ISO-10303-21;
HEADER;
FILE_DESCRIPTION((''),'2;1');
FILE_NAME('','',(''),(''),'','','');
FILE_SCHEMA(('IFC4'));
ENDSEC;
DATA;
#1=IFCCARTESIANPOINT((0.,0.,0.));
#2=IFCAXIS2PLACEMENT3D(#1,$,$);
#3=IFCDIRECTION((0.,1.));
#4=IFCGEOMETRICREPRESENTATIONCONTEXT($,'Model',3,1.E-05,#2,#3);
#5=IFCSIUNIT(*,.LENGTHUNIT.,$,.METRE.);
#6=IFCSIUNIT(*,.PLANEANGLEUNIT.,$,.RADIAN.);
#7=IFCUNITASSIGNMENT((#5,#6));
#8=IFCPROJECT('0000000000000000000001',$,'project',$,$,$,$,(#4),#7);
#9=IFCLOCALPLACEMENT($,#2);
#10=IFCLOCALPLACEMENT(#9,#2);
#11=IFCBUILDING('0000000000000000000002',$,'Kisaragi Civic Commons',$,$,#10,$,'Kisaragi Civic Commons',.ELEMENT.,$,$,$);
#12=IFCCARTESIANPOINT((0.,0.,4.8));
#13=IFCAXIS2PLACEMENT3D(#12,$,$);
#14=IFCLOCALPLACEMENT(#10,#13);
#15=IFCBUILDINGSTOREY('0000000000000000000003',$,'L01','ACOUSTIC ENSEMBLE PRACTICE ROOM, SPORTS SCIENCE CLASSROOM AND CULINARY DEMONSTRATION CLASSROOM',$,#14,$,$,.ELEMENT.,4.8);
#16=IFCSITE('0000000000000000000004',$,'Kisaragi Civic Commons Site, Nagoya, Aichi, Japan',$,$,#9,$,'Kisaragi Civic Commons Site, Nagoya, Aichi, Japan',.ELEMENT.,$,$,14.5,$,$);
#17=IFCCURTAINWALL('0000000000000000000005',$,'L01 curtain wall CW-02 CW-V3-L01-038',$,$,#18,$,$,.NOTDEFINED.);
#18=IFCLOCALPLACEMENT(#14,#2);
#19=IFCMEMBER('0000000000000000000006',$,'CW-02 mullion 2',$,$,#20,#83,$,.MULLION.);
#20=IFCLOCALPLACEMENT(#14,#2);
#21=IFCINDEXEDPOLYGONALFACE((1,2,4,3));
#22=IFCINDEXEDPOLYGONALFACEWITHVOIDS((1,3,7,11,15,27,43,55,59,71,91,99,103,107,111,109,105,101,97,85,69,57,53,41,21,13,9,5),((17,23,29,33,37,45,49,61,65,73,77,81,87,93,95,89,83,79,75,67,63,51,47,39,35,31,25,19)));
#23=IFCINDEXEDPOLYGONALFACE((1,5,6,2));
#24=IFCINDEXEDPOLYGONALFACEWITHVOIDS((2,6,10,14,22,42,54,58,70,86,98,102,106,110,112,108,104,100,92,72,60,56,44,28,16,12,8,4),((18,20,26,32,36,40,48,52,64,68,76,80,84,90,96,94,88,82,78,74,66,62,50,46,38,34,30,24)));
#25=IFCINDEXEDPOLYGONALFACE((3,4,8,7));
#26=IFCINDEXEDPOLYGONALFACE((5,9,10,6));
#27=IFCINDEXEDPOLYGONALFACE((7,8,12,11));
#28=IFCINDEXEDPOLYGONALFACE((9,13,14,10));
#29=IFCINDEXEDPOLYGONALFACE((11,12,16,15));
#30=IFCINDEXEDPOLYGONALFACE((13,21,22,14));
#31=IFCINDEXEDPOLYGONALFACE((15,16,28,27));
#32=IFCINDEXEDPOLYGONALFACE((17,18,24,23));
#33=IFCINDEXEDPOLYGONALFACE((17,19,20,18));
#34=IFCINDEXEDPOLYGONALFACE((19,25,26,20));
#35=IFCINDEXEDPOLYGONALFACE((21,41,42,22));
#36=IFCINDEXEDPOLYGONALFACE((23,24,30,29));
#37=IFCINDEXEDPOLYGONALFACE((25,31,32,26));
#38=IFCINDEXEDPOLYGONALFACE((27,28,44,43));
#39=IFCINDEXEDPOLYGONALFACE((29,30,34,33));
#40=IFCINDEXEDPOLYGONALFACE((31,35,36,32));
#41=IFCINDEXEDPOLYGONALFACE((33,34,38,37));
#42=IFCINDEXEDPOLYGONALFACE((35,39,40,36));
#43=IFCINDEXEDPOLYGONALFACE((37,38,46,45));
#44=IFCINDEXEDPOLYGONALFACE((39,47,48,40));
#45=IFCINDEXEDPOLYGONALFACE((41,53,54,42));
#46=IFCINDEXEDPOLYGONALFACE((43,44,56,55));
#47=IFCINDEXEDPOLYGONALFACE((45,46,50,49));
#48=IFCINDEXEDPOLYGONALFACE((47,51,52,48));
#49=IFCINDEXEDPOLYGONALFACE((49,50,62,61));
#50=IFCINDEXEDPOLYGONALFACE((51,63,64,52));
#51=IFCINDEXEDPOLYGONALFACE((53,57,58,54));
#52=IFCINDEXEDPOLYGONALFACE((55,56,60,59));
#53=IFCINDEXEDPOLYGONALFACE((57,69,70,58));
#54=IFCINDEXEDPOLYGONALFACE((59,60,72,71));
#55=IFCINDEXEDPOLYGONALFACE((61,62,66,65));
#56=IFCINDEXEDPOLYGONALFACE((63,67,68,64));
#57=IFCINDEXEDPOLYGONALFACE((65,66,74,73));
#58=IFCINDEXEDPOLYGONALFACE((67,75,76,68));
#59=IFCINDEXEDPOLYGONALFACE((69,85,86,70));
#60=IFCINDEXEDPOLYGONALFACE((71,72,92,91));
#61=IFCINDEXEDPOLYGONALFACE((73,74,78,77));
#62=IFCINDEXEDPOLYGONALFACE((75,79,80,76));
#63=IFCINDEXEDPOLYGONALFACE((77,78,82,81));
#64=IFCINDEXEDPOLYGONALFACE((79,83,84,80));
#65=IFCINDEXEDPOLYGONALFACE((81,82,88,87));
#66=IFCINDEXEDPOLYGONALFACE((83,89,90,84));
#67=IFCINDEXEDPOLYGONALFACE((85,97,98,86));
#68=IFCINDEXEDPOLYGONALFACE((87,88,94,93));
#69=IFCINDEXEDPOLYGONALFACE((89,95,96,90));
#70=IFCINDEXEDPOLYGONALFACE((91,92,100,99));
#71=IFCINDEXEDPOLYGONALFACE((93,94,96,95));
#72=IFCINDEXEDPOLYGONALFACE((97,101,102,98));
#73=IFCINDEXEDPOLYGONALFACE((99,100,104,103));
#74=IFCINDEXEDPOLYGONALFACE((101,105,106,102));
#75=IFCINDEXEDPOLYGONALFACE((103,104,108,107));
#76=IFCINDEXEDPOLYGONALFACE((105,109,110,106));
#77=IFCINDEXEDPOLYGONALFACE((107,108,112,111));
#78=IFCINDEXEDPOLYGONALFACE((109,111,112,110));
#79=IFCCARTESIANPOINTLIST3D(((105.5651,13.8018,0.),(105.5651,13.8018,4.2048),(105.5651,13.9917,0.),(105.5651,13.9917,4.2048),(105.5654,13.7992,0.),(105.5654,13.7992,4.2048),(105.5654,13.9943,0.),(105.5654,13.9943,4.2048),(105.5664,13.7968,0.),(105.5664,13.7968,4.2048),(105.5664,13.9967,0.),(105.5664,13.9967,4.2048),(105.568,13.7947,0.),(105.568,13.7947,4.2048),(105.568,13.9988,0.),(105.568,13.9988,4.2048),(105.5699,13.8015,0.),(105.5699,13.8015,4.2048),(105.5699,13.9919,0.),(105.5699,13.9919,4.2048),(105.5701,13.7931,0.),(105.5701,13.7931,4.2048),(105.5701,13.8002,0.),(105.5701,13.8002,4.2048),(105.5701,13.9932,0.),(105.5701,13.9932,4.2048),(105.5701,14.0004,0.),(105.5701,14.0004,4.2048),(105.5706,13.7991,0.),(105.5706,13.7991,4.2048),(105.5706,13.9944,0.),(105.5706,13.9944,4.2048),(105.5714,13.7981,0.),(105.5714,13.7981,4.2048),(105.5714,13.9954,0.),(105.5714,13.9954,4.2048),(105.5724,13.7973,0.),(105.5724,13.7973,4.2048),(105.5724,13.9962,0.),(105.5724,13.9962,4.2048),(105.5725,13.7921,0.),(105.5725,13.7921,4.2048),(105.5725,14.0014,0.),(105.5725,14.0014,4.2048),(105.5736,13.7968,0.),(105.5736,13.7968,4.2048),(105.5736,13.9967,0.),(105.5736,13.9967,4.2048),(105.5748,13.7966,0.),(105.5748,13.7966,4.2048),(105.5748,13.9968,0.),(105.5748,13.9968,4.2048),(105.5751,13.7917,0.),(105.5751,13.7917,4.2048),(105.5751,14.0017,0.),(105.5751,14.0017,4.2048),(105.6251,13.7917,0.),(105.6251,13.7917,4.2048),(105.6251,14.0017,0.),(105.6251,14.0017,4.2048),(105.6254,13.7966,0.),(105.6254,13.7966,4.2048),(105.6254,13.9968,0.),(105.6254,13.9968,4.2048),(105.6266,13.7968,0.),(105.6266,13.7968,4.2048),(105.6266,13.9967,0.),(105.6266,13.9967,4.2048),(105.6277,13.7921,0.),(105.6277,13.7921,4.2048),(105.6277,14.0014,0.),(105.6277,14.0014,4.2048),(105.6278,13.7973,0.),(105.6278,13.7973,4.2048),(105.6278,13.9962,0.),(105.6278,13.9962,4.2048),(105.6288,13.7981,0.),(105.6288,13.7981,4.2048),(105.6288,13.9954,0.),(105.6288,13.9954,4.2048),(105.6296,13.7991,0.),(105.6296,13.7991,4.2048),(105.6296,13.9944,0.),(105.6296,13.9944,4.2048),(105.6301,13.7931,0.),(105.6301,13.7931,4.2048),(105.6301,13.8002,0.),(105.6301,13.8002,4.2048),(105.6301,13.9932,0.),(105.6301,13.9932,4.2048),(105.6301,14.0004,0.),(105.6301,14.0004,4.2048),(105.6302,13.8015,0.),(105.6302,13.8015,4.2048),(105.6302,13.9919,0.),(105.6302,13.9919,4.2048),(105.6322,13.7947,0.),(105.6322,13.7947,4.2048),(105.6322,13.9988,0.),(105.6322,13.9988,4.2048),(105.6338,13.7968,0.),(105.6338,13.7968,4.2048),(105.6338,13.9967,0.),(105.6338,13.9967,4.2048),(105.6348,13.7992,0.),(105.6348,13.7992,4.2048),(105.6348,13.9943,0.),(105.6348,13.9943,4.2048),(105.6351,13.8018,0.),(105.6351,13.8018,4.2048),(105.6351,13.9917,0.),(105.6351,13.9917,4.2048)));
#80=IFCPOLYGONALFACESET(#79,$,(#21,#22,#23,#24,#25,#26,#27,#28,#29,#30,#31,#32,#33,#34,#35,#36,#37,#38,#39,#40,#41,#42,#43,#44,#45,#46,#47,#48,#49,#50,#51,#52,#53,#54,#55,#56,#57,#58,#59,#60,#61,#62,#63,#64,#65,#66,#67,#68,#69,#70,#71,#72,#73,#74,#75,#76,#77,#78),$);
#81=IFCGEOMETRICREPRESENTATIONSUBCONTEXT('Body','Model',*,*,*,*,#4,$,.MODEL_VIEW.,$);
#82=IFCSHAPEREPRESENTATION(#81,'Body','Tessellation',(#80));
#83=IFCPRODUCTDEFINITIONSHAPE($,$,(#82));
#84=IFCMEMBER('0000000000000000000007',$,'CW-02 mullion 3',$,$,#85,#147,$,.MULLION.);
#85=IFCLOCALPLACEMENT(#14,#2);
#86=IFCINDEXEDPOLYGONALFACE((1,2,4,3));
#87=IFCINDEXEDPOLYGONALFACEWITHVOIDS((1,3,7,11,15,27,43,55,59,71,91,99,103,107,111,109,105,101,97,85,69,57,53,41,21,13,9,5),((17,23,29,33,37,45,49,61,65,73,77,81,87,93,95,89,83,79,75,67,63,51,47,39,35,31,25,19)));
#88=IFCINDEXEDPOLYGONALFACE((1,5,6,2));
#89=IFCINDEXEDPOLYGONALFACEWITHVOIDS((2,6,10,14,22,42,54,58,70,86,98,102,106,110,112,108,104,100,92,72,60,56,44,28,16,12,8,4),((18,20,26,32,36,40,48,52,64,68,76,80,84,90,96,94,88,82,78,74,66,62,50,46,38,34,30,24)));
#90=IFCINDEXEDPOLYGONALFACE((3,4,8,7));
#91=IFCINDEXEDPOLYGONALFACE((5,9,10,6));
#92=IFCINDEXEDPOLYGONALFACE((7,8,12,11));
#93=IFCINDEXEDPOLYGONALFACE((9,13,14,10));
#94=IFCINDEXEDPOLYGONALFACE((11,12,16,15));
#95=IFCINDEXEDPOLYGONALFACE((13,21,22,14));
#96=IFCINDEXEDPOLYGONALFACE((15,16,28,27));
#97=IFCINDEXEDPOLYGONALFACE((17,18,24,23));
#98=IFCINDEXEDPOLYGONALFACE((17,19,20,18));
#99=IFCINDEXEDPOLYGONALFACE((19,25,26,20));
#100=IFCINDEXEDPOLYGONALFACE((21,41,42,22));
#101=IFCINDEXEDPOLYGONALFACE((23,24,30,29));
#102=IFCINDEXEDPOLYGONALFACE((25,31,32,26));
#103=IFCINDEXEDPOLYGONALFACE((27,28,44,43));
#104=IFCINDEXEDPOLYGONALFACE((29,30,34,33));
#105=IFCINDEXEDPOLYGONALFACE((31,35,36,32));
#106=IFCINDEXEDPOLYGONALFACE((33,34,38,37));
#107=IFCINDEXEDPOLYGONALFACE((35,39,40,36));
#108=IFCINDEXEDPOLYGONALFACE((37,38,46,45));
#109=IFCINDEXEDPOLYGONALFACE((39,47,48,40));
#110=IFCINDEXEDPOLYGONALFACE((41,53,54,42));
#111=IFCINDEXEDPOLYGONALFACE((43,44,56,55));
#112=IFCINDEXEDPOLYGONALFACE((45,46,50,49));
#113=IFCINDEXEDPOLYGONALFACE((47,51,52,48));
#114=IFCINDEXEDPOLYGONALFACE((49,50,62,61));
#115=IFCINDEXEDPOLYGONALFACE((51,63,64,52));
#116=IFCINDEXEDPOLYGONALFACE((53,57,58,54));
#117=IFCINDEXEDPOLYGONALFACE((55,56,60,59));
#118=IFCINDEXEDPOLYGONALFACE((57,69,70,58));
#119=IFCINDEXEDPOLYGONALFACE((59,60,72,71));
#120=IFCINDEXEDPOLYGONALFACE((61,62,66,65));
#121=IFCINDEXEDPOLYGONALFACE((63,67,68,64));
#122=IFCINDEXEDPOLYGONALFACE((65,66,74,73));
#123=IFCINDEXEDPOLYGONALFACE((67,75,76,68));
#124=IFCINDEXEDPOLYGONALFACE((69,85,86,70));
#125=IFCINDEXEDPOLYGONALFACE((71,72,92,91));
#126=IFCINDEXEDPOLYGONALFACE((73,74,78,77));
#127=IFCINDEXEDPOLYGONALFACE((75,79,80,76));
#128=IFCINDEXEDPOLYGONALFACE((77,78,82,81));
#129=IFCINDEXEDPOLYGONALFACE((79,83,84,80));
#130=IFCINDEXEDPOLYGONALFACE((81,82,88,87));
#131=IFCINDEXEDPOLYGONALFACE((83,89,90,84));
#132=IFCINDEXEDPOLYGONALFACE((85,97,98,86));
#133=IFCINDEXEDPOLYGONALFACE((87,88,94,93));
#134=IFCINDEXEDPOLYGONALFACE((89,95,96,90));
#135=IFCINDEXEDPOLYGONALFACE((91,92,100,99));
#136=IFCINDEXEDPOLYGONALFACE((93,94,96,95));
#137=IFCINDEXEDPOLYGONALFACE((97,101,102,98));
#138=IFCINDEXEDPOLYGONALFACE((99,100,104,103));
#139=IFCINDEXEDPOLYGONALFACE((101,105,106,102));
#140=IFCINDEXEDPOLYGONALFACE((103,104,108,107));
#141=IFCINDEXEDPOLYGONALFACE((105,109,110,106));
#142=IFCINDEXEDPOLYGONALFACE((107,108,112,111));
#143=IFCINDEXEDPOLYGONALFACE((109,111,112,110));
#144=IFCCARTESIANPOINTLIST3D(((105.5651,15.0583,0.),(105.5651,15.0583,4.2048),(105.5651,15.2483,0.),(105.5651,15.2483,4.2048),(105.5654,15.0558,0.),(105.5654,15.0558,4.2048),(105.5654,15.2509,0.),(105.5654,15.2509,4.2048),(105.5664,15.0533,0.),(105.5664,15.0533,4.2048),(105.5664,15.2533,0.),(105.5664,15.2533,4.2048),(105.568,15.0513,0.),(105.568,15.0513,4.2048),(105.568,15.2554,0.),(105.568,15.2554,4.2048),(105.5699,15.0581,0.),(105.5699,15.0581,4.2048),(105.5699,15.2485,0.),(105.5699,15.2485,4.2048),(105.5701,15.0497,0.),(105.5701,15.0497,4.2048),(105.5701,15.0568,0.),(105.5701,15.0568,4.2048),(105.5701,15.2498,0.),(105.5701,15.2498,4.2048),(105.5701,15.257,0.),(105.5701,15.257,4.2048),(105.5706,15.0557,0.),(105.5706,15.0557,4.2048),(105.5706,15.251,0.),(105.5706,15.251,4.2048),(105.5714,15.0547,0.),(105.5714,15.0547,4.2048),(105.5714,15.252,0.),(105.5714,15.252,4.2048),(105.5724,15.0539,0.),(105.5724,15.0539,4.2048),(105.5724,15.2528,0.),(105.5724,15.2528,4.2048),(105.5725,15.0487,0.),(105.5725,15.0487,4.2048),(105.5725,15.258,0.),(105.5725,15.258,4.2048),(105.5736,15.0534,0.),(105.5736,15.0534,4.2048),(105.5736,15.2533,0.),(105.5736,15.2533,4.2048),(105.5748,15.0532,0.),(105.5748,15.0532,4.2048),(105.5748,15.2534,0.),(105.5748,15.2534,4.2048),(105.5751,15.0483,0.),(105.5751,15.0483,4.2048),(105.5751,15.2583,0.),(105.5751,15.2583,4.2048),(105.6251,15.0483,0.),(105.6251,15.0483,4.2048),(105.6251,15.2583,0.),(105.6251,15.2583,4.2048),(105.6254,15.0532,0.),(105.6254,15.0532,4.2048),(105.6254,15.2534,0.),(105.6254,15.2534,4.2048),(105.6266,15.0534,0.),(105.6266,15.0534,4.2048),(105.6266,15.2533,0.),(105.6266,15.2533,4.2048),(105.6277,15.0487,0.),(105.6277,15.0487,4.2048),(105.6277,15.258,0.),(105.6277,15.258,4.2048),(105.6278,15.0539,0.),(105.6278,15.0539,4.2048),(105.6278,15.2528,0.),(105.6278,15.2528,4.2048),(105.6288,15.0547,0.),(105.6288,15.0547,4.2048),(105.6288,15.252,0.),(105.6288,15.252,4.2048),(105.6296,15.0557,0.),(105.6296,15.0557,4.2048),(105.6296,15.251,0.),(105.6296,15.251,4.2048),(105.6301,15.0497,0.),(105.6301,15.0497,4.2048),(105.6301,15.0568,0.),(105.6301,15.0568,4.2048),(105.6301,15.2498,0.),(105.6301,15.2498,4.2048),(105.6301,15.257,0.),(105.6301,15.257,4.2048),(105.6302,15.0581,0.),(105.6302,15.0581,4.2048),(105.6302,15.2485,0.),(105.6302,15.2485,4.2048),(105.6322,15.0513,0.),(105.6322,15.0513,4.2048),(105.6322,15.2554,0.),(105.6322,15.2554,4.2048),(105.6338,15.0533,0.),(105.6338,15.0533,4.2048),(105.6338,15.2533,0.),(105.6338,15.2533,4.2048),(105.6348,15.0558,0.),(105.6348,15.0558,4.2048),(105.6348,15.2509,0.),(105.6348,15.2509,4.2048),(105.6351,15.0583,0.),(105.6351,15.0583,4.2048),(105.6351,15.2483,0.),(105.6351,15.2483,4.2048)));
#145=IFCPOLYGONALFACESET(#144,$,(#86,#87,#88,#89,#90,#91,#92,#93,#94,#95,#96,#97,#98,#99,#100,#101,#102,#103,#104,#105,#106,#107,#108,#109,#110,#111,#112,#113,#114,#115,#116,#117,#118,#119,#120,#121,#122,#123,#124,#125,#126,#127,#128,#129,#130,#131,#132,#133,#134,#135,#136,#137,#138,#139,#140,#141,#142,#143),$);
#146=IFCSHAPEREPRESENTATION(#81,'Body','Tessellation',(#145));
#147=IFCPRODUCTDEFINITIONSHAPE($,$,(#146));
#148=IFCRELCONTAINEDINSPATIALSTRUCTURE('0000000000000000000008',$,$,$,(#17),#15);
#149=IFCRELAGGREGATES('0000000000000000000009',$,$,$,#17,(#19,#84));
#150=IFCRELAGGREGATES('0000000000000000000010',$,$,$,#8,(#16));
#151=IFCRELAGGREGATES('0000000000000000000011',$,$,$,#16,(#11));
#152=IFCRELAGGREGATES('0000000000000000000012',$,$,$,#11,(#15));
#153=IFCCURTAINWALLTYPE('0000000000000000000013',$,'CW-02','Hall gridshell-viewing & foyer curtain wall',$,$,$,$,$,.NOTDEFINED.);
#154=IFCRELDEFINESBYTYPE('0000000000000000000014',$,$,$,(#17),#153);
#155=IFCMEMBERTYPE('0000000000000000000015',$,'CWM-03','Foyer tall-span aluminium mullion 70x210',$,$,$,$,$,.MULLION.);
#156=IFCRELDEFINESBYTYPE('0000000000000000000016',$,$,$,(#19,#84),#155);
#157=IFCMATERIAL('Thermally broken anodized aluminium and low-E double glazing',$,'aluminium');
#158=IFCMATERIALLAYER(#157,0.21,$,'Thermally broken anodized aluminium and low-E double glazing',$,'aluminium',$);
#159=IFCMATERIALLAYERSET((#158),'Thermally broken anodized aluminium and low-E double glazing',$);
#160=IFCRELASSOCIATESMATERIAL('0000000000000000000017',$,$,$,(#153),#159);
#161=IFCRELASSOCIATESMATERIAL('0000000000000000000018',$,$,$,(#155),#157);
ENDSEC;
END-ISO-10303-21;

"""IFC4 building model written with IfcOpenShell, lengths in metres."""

from ifc_helpers import new_model, si_unit, direction, frame, origin, origin_2d, place, context, subcontext, project, spatial, hollow_rectangle, extrude, material, layer, layer_set, material_profile, profile_set, type_object, element, aggregate, save


model = new_model("IFC4")

# Units and contexts
model_context = context("Model", 3, precision=1e-05, world=origin(), true_north=direction((0.0, 1.0)))
body_context = subcontext(model_context, "Body", "Model", "MODEL_VIEW")
ifc_project = project(units=[si_unit("LENGTHUNIT", "METRE"), si_unit("PLANEANGLEUNIT", "RADIAN")], contexts=[model_context])

# Site, building, storey
site_placement = place(None, origin())
site = spatial("IfcSite", under=ifc_project, at=site_placement, Name="Kisaragi Civic Commons Site, Nagoya, Aichi, Japan", LongName="Kisaragi Civic Commons Site, Nagoya, Aichi, Japan", CompositionType="ELEMENT", RefElevation=14.5)
building_placement = place(site_placement, origin())
building = spatial("IfcBuilding", under=site, at=building_placement, Name="Kisaragi Civic Commons", LongName="Kisaragi Civic Commons", CompositionType="ELEMENT")
storey_placement = place(building_placement, frame((0.0, 0.0, 4.8)))
storey = spatial("IfcBuildingStorey", under=building, at=storey_placement, Name="L01", Description="ACOUSTIC ENSEMBLE PRACTICE ROOM, SPORTS SCIENCE CLASSROOM AND CULINARY DEMONSTRATION CLASSROOM", CompositionType="ELEMENT", Elevation=4.8)

# Shared definitions
ifc_material_1 = material(Name="Thermally broken anodized aluminium and low-E double glazing", Category="aluminium")
ifc_layer_1 = layer(ifc_material_1, 0.21, Name="Thermally broken anodized aluminium and low-E double glazing", Category="aluminium")
ifc_layer_set_1 = layer_set([ifc_layer_1], Name="Thermally broken anodized aluminium and low-E double glazing")
curtain_wall_type = type_object("IfcCurtainWallType", Name="CW-02", Description="Hall gridshell-viewing & foyer curtain wall", PredefinedType="NOTDEFINED", material=ifc_layer_set_1)
ifc_material_profile_1 = material_profile(ifc_material_1, hollow_rectangle(XDim=0.0701, YDim=0.21, WallThickness=0.0049, InnerFilletRadius=0.0049, OuterFilletRadius=0.01, at=origin_2d()), Name="CWM-70x210x5", Category="aluminium")
ifc_profile_set_1 = profile_set([ifc_material_profile_1], Name="Thermally broken anodized aluminium and low-E double glazing")
member_type_1 = type_object("IfcMemberType", Name="CWM-03", Description="Foyer tall-span aluminium mullion 70x210", PredefinedType="MULLION", material=ifc_profile_set_1)

# Curtain wall, members
curtain_wall_1_placement = place(storey_placement, origin())
curtain_wall_1 = element("IfcCurtainWall", 1, at=curtain_wall_1_placement, inside=storey, type_object=curtain_wall_type, Name="L01 curtain wall CW-02 CW-V3-L01-038", PredefinedType="NOTDEFINED")
member_1_placement = place(storey_placement, frame((105.6001, 13.8967, 0.0), z_axis=(0.0, 0.0, 1.0), x_axis=(-1.0, 0.0, 0.0)))
member_1 = element("IfcMember", 2, at=member_1_placement, type_object=member_type_1, Name="CW-02 mullion 2", PredefinedType="MULLION", context=body_context, shape_type="SweptSolid", body=[
    extrude(hollow_rectangle(XDim=0.0701, YDim=0.21, WallThickness=0.0049, InnerFilletRadius=0.0049, OuterFilletRadius=0.01, at=origin_2d()), origin(), (0.0, 0.0, 1.0), 4.2048),
])
member_2_placement = place(storey_placement, frame((105.6001, 15.1533, 0.0), z_axis=(0.0, 0.0, 1.0), x_axis=(-1.0, 0.0, 0.0)))
member_2 = element("IfcMember", 3, at=member_2_placement, type_object=member_type_1, Name="CW-02 mullion 3", PredefinedType="MULLION", context=body_context, shape_type="SweptSolid", body=[
    extrude(hollow_rectangle(XDim=0.0701, YDim=0.21, WallThickness=0.0049, InnerFilletRadius=0.0049, OuterFilletRadius=0.01, at=origin_2d()), origin(), (0.0, 0.0, 1.0), 4.2048),
])

aggregate(curtain_wall_1, [member_1, member_2])

save(model, "model.ifc")
